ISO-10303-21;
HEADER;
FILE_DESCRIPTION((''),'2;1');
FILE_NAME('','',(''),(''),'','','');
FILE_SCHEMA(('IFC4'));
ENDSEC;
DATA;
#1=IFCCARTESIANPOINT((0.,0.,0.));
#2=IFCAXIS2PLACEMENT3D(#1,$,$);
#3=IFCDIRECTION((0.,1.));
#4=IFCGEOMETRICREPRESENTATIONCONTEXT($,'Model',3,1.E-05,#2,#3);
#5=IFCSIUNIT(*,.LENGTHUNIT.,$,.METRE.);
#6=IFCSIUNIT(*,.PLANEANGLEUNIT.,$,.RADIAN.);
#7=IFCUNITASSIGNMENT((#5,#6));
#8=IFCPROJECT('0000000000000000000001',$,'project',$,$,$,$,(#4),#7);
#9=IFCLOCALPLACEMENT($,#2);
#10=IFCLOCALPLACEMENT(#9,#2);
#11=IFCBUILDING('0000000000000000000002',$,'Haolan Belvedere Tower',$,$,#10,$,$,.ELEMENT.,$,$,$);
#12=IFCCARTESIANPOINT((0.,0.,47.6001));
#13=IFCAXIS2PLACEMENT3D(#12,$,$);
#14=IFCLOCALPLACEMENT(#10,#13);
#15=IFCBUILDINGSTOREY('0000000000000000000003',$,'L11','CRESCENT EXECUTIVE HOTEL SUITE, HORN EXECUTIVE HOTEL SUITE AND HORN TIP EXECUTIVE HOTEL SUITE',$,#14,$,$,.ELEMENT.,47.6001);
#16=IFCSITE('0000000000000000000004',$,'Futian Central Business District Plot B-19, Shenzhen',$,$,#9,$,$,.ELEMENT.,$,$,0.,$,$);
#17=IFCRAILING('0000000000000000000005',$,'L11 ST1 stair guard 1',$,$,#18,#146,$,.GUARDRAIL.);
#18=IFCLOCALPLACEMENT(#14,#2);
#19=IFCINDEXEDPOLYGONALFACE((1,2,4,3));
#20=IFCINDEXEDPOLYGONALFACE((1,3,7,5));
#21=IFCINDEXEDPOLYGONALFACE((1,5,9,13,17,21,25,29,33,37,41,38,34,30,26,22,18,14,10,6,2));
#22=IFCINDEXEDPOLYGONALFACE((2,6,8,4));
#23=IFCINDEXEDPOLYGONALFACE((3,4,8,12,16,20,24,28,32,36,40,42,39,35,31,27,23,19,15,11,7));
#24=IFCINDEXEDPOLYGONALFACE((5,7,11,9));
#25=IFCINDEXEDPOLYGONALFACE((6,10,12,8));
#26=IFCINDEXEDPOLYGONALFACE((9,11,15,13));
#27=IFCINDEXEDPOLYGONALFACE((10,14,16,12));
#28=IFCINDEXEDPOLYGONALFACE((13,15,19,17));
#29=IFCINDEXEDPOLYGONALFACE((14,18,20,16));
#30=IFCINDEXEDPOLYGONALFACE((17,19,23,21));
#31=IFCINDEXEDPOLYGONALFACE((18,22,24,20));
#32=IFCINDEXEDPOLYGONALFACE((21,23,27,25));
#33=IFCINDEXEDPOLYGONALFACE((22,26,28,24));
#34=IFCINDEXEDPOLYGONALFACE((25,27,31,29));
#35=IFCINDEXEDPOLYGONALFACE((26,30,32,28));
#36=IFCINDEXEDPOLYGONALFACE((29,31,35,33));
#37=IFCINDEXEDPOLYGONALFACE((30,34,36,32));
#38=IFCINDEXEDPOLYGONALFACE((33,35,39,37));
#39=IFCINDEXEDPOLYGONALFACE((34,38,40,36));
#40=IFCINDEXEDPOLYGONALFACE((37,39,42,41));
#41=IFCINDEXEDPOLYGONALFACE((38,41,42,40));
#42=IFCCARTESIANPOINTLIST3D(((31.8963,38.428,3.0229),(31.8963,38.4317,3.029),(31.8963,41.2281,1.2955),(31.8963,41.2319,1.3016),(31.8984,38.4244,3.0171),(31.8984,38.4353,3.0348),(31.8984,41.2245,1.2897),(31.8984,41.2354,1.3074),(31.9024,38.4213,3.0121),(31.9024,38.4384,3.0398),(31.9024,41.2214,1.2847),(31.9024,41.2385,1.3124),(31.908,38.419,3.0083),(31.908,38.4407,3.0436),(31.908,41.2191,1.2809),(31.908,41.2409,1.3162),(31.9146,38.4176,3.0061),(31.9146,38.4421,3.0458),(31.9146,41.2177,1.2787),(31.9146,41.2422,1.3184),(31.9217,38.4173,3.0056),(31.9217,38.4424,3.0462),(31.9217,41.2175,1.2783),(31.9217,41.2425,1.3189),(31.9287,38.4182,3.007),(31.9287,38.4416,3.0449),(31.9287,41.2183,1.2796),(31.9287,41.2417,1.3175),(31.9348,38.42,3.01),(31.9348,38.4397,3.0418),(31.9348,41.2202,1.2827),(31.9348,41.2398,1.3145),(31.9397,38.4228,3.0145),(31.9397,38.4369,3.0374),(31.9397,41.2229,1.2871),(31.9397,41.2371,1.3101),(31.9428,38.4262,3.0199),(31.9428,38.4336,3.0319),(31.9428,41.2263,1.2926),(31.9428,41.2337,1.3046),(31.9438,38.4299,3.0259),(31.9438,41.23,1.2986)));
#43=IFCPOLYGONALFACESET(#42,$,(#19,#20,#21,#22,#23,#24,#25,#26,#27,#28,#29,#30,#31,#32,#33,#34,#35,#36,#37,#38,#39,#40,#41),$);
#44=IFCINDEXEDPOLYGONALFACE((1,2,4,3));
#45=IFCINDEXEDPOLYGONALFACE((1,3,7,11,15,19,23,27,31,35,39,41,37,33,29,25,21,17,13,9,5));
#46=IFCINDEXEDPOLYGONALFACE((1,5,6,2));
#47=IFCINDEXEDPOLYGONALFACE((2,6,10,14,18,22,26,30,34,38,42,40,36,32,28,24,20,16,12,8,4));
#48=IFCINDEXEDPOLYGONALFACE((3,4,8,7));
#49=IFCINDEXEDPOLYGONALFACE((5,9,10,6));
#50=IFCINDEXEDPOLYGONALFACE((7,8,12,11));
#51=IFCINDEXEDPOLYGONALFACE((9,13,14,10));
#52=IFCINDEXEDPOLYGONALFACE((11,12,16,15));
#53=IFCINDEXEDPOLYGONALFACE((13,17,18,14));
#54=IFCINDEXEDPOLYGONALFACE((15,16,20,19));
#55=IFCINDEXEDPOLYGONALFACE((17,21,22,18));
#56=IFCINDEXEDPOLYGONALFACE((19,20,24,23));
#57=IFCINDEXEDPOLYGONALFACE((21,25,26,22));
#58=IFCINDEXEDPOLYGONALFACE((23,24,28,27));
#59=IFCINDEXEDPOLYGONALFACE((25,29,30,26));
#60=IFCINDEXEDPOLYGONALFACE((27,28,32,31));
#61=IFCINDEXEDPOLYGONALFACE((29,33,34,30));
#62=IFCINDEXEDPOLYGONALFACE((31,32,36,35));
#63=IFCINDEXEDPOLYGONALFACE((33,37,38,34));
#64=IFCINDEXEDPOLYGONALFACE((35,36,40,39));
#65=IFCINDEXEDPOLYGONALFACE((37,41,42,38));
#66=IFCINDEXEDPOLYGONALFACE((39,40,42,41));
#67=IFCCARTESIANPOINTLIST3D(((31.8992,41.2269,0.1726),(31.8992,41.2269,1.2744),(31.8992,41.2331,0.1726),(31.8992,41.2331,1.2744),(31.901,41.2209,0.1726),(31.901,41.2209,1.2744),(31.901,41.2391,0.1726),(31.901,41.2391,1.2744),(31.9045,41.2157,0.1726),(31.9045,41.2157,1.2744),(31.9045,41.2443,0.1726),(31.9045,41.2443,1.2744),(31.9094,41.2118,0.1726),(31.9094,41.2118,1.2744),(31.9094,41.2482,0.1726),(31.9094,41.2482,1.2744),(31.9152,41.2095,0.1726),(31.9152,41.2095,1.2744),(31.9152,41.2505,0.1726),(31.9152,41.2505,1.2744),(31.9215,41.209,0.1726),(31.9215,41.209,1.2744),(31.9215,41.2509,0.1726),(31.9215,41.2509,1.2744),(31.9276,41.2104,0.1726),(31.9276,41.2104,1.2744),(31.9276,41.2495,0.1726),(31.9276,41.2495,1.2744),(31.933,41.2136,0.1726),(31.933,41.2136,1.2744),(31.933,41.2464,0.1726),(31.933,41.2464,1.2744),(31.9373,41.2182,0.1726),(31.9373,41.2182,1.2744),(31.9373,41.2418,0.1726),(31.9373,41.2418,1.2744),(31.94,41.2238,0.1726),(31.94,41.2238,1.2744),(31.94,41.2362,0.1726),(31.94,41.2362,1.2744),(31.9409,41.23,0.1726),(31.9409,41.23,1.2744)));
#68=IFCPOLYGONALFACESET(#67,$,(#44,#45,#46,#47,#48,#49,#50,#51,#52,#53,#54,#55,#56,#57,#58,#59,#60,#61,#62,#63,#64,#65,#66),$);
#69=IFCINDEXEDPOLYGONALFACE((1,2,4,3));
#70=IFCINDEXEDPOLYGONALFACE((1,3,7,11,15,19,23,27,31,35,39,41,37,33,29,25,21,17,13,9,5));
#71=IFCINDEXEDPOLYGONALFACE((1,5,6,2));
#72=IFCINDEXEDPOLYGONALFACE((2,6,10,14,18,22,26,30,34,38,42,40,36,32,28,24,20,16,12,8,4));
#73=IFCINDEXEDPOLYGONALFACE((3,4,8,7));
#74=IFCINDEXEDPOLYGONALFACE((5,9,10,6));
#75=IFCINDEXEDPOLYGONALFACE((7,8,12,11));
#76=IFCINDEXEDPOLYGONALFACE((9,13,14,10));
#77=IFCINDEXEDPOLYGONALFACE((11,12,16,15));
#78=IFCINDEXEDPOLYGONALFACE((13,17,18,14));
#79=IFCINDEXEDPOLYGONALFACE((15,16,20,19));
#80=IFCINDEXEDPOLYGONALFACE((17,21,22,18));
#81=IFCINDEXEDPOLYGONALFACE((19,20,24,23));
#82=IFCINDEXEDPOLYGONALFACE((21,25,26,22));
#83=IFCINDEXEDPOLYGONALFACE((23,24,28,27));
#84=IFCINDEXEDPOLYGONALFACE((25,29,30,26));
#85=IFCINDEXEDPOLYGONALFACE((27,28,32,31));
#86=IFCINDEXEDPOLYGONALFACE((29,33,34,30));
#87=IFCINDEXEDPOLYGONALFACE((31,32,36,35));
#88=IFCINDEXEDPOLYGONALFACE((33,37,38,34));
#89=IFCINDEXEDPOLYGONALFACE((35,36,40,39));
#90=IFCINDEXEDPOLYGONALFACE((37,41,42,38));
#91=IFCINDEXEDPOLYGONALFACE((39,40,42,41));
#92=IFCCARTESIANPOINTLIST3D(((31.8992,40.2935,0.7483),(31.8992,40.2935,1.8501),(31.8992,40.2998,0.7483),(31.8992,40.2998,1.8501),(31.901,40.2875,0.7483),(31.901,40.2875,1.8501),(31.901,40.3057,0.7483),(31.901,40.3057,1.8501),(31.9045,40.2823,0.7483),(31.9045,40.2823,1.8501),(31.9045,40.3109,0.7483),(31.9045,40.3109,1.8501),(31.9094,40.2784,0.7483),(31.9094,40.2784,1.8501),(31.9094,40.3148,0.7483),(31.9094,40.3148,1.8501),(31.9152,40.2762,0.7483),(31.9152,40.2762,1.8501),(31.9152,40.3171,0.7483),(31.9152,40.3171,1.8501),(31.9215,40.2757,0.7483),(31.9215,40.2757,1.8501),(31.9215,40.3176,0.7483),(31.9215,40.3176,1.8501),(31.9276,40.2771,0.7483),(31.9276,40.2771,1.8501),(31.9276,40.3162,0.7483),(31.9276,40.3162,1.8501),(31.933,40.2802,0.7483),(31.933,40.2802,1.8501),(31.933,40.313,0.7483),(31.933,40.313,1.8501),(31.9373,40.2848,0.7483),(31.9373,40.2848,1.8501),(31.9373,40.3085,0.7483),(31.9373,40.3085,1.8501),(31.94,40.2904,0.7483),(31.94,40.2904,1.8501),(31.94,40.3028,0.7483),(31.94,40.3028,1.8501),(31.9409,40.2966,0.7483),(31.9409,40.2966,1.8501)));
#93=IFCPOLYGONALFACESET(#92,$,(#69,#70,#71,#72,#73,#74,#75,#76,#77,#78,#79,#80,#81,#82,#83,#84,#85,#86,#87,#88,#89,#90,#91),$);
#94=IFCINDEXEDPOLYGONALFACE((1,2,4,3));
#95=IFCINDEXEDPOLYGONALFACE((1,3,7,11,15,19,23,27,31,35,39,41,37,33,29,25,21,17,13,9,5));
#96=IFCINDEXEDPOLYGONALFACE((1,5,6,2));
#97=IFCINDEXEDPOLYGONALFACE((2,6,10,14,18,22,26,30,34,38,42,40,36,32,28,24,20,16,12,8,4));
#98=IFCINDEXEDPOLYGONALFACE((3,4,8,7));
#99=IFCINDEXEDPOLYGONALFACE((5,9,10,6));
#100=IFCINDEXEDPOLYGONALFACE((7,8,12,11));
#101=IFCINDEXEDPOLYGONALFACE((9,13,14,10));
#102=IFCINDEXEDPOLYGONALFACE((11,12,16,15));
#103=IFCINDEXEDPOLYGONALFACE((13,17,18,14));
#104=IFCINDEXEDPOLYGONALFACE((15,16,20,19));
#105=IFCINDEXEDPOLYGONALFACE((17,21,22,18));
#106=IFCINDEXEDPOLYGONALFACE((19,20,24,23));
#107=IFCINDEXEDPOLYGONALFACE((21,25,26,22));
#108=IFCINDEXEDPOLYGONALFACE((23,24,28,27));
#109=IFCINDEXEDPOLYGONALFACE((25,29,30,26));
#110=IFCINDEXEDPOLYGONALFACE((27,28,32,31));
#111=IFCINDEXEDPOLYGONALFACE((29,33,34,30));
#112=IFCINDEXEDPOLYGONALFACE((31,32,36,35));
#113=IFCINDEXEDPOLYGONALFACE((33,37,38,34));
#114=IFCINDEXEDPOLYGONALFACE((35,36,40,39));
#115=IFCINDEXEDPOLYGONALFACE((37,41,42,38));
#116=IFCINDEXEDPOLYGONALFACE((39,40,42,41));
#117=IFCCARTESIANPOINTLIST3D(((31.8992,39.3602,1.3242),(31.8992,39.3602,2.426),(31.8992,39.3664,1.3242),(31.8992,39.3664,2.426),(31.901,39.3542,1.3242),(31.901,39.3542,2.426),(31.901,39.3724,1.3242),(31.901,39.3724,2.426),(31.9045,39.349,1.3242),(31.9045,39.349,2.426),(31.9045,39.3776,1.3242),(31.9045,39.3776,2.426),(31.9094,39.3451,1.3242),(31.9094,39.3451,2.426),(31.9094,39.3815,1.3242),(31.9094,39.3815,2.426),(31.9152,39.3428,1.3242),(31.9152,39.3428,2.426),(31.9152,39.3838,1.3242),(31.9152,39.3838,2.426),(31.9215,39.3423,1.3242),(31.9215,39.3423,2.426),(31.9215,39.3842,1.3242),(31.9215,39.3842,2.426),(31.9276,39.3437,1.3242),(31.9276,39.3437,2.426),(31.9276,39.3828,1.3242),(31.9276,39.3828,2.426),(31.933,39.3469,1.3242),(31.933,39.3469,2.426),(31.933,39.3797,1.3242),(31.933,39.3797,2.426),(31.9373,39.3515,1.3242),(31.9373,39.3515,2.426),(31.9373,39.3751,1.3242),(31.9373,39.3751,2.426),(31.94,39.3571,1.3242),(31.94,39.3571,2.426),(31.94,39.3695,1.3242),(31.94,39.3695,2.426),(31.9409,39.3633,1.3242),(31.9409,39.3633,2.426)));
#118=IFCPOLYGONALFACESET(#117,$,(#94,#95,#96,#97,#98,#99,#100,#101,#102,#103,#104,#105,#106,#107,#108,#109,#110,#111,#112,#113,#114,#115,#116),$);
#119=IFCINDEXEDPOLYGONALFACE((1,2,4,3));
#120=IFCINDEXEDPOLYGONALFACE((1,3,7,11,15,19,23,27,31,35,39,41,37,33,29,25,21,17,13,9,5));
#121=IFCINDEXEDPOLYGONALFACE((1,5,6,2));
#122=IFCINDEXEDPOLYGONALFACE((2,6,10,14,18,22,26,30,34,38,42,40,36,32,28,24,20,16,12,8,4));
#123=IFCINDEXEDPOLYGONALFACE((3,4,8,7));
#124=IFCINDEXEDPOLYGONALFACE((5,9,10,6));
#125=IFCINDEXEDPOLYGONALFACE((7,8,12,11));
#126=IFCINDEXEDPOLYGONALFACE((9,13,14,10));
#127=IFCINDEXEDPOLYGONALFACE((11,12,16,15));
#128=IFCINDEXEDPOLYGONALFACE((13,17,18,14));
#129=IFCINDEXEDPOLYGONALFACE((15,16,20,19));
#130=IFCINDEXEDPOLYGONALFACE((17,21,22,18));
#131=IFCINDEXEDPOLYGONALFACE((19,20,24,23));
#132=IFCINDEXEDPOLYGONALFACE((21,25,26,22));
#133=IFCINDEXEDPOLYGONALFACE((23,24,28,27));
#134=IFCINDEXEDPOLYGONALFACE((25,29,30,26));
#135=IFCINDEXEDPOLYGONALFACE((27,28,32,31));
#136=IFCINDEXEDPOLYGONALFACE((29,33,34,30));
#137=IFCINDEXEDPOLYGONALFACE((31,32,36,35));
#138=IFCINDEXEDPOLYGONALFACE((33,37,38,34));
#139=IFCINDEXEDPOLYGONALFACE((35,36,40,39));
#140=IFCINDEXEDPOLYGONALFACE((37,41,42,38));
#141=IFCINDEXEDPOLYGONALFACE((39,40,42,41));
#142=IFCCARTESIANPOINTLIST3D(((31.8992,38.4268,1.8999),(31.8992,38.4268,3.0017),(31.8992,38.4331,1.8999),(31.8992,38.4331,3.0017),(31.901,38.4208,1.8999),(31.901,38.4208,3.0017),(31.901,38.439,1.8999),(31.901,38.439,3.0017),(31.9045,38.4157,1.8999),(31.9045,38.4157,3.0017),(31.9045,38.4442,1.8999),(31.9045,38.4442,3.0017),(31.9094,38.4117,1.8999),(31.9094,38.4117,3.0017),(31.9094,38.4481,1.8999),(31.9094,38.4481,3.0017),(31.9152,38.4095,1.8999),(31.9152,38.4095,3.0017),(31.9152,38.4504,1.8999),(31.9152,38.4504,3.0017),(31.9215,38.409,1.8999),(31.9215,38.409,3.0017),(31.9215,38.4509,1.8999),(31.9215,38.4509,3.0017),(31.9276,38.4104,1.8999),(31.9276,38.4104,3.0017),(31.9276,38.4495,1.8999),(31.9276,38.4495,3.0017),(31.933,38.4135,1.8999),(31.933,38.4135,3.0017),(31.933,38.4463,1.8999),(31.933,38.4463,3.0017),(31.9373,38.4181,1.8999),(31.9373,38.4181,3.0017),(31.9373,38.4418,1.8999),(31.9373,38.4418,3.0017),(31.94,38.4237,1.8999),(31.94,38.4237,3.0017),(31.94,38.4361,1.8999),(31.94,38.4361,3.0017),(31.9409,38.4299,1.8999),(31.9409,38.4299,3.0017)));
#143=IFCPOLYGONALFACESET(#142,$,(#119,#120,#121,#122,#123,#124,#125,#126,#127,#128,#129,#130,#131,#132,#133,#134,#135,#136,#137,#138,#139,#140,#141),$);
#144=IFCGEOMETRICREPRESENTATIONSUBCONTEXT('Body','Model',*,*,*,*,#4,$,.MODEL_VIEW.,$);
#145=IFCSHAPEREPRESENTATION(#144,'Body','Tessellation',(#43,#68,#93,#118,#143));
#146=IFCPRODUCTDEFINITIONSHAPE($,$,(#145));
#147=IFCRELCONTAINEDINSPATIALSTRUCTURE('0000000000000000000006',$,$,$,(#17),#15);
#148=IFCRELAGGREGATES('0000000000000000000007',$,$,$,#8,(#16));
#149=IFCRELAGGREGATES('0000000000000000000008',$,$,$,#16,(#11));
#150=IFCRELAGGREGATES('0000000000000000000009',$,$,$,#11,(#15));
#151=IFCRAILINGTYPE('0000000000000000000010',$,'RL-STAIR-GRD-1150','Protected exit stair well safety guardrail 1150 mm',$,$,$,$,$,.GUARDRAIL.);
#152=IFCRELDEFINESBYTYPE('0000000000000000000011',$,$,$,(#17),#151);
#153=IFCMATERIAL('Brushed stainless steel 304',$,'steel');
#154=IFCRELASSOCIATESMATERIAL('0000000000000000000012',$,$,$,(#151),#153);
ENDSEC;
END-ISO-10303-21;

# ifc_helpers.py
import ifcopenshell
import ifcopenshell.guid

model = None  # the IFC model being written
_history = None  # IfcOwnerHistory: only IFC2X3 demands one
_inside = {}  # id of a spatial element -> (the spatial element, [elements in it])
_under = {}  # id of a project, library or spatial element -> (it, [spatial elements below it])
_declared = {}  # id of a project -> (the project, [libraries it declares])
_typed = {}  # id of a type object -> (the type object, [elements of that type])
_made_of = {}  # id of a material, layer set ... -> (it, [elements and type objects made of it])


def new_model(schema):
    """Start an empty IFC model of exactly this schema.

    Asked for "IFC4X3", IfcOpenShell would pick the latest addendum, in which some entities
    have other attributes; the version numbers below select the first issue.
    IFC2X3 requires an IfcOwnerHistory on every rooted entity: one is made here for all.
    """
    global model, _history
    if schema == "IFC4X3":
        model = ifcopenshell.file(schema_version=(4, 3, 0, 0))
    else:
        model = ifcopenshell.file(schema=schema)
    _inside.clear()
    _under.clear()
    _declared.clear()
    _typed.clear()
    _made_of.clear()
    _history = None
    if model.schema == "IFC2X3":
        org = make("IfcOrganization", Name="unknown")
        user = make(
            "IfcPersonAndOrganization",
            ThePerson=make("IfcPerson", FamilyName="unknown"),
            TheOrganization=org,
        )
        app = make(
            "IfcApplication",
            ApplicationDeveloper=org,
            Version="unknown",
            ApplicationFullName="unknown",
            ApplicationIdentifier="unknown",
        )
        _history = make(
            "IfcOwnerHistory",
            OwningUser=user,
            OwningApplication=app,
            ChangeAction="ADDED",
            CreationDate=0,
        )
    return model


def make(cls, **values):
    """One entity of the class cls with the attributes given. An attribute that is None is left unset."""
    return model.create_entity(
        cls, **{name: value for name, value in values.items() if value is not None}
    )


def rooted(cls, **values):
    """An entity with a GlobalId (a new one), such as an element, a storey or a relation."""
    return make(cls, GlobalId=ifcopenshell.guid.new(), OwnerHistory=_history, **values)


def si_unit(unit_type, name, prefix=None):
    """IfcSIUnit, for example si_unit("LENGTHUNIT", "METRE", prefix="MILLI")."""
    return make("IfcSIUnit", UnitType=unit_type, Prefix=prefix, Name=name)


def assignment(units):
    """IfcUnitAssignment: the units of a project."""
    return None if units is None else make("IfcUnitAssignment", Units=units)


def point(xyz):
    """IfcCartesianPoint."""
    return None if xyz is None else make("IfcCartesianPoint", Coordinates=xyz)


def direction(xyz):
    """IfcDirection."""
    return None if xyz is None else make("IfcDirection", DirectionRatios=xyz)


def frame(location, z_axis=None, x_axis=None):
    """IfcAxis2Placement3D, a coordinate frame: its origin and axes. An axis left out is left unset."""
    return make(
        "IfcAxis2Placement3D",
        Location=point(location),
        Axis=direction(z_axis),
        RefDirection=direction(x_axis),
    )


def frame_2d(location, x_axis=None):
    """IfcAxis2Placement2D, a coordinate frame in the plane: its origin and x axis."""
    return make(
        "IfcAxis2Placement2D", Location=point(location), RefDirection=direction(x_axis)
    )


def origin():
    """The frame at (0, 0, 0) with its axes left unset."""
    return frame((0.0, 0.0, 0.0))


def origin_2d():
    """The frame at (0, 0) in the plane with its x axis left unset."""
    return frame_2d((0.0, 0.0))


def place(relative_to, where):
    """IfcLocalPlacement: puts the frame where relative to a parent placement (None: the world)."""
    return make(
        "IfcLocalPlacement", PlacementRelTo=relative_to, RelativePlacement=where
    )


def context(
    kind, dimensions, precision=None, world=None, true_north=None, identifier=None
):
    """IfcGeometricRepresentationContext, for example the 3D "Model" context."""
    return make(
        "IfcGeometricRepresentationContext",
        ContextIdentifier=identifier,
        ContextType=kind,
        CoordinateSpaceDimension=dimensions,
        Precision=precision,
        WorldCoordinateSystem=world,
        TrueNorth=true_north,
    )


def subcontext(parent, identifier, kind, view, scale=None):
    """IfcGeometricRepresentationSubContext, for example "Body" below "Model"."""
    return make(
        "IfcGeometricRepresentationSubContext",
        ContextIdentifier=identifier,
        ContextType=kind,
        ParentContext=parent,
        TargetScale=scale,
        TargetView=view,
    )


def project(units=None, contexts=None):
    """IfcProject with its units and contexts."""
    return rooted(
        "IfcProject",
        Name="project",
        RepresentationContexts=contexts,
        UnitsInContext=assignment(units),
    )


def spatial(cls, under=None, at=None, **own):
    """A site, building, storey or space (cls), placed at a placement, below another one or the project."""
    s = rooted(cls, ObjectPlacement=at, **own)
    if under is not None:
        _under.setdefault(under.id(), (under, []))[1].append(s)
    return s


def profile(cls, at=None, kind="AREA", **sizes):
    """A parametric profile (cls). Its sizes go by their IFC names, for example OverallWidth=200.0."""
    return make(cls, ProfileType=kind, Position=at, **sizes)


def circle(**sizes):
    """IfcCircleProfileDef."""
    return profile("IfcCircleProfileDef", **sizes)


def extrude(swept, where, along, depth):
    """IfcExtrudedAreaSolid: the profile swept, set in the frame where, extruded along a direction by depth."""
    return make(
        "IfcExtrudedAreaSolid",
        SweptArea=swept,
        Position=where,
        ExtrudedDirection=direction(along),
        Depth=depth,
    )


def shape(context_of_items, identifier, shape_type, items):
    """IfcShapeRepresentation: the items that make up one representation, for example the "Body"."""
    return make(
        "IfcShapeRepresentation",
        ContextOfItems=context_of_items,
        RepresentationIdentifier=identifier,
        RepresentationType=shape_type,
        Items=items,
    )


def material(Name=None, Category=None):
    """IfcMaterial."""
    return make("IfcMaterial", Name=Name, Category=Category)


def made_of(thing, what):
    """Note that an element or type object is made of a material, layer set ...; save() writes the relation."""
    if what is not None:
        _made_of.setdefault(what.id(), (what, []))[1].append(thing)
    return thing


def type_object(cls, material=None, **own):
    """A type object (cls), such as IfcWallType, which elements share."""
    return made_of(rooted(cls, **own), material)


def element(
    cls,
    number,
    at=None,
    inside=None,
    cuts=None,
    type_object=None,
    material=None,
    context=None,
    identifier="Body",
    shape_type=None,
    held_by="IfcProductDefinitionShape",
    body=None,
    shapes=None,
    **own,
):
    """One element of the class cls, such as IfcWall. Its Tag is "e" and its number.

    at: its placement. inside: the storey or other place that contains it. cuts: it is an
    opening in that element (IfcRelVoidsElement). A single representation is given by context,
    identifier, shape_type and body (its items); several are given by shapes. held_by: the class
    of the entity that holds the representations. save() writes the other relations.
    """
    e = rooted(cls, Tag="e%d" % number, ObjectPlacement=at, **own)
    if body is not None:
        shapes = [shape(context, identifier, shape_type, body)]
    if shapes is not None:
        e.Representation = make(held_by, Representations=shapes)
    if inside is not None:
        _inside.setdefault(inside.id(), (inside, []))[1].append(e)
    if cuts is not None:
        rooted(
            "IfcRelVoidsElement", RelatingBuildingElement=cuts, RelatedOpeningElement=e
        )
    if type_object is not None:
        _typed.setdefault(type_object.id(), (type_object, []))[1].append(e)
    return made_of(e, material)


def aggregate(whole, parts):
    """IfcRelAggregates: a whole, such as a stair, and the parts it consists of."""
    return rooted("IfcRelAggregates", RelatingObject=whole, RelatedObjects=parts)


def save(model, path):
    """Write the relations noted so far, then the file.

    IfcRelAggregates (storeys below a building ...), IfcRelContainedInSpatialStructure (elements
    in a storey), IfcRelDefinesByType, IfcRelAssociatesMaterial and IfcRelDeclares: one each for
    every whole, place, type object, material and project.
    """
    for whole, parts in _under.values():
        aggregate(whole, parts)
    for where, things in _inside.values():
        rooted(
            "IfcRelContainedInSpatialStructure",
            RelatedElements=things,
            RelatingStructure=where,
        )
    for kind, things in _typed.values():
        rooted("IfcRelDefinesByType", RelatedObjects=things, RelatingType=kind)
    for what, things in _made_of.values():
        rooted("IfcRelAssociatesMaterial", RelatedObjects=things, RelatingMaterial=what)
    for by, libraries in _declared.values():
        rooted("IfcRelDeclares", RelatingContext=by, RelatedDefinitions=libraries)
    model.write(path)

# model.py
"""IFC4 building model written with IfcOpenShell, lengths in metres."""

from ifc_helpers import new_model, si_unit, direction, frame, origin, origin_2d, place, context, subcontext, project, spatial, circle, extrude, material, type_object, element, save


model = new_model("IFC4")

# Units and contexts
model_context = context("Model", 3, precision=1e-05, world=origin(), true_north=direction((0.0, 1.0)))
body_context = subcontext(model_context, "Body", "Model", "MODEL_VIEW")
ifc_project = project(units=[si_unit("LENGTHUNIT", "METRE"), si_unit("PLANEANGLEUNIT", "RADIAN")], contexts=[model_context])

# Site, building, storey
site_placement = place(None, origin())
site = spatial("IfcSite", under=ifc_project, at=site_placement, Name="Futian Central Business District Plot B-19, Shenzhen", CompositionType="ELEMENT", RefElevation=0.0)
building_placement = place(site_placement, origin())
building = spatial("IfcBuilding", under=site, at=building_placement, Name="Haolan Belvedere Tower", CompositionType="ELEMENT")
storey_placement = place(building_placement, frame((0.0, 0.0, 47.6001)))
storey = spatial("IfcBuildingStorey", under=building, at=storey_placement, Name="L11", Description="CRESCENT EXECUTIVE HOTEL SUITE, HORN EXECUTIVE HOTEL SUITE AND HORN TIP EXECUTIVE HOTEL SUITE", CompositionType="ELEMENT", Elevation=47.6001)

# Railing
ifc_material_1 = material(Name="Brushed stainless steel 304", Category="steel")
railing_type_1 = type_object("IfcRailingType", Name="RL-STAIR-GRD-1150", Description="Protected exit stair well safety guardrail 1150 mm", PredefinedType="GUARDRAIL", material=ifc_material_1)
railing_1_placement = place(storey_placement, frame((31.9199, 41.23, 0.1726)))
element("IfcRailing", 1, at=railing_1_placement, inside=storey, type_object=railing_type_1, Name="L11 ST1 stair guard 1", PredefinedType="GUARDRAIL", context=body_context, shape_type="SweptSolid", body=[
    extrude(circle(Radius=0.0239, at=origin_2d()), frame((0.0, 0.0, 1.126), z_axis=(0.0, -0.85109, 0.52502), x_axis=(1.0, 0.0, 0.0)), (0.0, 0.0, 1.0), 3.29),
    extrude(circle(Radius=0.021, at=origin_2d()), origin(), (0.0, 0.0, 1.0), 1.1018),
    extrude(circle(Radius=0.021, at=origin_2d()), frame((0.0, -0.9333, 0.5757)), (0.0, 0.0, 1.0), 1.1018),
    extrude(circle(Radius=0.021, at=origin_2d()), frame((0.0, -1.8667, 1.1516)), (0.0, 0.0, 1.0), 1.1018),
    extrude(circle(Radius=0.021, at=origin_2d()), frame((0.0, -2.8, 1.7273)), (0.0, 0.0, 1.0), 1.1018),
])

save(model, "model.ifc")
